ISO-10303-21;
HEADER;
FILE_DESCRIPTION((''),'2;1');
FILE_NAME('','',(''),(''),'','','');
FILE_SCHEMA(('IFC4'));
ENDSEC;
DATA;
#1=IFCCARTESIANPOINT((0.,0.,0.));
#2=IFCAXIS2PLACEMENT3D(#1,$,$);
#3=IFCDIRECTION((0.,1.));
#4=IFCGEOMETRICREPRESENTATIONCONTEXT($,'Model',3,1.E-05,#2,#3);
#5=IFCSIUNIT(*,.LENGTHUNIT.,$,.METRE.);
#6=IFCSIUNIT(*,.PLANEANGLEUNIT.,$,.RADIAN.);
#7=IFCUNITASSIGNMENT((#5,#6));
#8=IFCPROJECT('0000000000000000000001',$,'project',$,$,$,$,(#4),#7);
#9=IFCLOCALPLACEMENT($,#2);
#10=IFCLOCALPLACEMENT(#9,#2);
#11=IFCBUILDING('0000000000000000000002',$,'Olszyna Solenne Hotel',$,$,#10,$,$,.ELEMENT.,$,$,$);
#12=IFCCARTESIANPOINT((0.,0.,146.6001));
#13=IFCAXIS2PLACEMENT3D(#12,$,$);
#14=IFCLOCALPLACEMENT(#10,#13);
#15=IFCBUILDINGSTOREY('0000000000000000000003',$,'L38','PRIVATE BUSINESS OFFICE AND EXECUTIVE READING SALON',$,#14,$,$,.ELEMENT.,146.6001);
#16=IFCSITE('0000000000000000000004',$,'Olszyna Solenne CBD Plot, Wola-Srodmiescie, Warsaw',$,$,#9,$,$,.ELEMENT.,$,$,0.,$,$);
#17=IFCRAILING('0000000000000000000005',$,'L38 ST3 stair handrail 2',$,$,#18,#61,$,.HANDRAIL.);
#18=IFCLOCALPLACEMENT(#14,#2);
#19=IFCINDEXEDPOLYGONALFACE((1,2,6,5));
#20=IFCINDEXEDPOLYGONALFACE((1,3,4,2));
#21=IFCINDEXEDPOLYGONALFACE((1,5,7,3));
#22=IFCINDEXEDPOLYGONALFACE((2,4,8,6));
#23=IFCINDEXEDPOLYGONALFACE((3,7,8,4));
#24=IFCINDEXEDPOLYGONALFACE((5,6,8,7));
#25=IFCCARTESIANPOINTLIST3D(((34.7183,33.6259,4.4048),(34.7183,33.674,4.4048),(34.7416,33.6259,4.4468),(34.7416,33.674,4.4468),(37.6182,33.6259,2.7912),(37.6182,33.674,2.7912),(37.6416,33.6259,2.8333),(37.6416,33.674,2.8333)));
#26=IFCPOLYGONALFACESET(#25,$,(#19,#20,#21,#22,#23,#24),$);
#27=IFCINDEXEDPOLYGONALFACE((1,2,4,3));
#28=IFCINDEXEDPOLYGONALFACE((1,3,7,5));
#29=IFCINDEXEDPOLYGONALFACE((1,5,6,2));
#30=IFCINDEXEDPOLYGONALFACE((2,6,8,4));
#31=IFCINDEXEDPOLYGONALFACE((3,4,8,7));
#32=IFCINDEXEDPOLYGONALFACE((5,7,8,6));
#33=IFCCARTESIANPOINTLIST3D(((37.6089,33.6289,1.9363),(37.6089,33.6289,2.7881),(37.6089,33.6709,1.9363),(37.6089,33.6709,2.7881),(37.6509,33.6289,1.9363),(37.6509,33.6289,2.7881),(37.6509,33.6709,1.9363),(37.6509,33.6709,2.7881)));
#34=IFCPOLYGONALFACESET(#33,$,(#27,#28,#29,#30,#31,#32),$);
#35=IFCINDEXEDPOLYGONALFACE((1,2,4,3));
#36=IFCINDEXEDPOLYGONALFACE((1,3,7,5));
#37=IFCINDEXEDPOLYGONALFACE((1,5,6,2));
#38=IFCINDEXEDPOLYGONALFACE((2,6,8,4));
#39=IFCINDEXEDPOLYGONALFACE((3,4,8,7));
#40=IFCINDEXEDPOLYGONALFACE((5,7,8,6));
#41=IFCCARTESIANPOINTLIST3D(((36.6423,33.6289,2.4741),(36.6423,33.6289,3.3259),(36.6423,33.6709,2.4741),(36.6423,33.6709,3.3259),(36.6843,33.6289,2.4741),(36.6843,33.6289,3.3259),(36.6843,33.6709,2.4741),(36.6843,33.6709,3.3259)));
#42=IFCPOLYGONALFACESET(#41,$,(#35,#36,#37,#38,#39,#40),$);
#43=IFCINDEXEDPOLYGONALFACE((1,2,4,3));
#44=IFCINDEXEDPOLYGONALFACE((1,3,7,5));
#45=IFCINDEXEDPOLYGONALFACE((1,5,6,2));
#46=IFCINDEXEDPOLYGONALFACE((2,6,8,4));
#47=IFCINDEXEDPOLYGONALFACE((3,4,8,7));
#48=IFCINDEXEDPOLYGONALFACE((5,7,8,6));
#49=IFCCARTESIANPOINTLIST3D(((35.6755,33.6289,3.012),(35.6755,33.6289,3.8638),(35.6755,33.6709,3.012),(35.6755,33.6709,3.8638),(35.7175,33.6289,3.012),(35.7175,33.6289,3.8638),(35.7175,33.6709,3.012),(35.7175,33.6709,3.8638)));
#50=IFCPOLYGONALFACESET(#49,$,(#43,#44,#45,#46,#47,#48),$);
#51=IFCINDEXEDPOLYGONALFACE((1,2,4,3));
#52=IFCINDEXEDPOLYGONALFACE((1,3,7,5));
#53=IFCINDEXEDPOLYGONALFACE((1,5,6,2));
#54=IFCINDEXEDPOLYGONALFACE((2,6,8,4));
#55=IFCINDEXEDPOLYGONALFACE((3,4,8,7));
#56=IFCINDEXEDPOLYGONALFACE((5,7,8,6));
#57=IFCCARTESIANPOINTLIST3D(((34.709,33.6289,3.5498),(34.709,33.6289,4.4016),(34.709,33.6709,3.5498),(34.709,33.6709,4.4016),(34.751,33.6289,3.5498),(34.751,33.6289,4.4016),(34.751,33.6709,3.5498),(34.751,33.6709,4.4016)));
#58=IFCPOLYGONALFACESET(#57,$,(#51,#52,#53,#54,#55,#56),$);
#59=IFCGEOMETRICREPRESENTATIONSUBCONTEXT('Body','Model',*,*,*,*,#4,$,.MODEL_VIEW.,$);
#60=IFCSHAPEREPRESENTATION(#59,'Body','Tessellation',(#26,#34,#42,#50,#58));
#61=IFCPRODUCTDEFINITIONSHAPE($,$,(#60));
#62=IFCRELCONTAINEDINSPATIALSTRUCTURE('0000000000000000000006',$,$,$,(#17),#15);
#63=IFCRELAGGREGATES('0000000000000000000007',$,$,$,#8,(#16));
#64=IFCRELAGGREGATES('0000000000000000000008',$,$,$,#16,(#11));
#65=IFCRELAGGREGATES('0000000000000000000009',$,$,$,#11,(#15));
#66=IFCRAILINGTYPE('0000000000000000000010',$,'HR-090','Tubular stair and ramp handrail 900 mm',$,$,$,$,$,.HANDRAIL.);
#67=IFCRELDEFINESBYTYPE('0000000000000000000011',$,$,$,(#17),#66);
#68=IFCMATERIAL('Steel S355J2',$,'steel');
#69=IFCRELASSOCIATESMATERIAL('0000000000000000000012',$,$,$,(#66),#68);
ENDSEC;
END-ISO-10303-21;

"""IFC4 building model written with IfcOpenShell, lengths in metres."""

from ifc_helpers import new_model, si_unit, direction, frame, origin, origin_2d, place, context, subcontext, project, spatial, rectangle, extrude, material, type_object, element, save


model = new_model("IFC4")

# Units and contexts
model_context = context("Model", 3, precision=1e-05, world=origin(), true_north=direction((0.0, 1.0)))
body_context = subcontext(model_context, "Body", "Model", "MODEL_VIEW")
ifc_project = project(units=[si_unit("LENGTHUNIT", "METRE"), si_unit("PLANEANGLEUNIT", "RADIAN")], contexts=[model_context])

# Site, building, storey
site_placement = place(None, origin())
site = spatial("IfcSite", under=ifc_project, at=site_placement, Name="Olszyna Solenne CBD Plot, Wola-Srodmiescie, Warsaw", CompositionType="ELEMENT", RefElevation=0.0)
building_placement = place(site_placement, origin())
building = spatial("IfcBuilding", under=site, at=building_placement, Name="Olszyna Solenne Hotel", CompositionType="ELEMENT")
storey_placement = place(building_placement, frame((0.0, 0.0, 146.6001)))
storey = spatial("IfcBuildingStorey", under=building, at=storey_placement, Name="L38", Description="PRIVATE BUSINESS OFFICE AND EXECUTIVE READING SALON", CompositionType="ELEMENT", Elevation=146.6001)

# Shared definitions
ifc_material_1 = material(Name="Steel S355J2", Category="steel")

# Railing
railing_type_1 = type_object("IfcRailingType", Name="HR-090", Description="Tubular stair and ramp handrail 900 mm", PredefinedType="HANDRAIL", material=ifc_material_1)
railing_1_placement = place(storey_placement, frame((37.6299, 33.6499, 1.9363)))
element("IfcRailing", 1, at=railing_1_placement, inside=storey, type_object=railing_type_1, Name="L38 ST3 stair handrail 2", PredefinedType="HANDRAIL", context=body_context, shape_type="SweptSolid", body=[
    extrude(rectangle(XDim=0.0481, YDim=0.0481, at=origin_2d()), frame((0.0, 0.0, 0.876), z_axis=(-0.873841, 0.0, 0.486211), x_axis=(0.0, -1.0, 0.0)), (0.0, 0.0, 1.0), 3.3186),
    extrude(rectangle(XDim=0.042, YDim=0.042, at=origin_2d()), origin(), (0.0, 0.0, 1.0), 0.8518),
    extrude(rectangle(XDim=0.042, YDim=0.042, at=origin_2d()), frame((-0.9666, 0.0, 0.5378)), (0.0, 0.0, 1.0), 0.8518),
    extrude(rectangle(XDim=0.042, YDim=0.042, at=origin_2d()), frame((-1.9333, 0.0, 1.0757)), (0.0, 0.0, 1.0), 0.8518),
    extrude(rectangle(XDim=0.042, YDim=0.042, at=origin_2d()), frame((-2.8999, 0.0, 1.6135)), (0.0, 0.0, 1.0), 0.8518),
])

save(model, "model.ifc")
